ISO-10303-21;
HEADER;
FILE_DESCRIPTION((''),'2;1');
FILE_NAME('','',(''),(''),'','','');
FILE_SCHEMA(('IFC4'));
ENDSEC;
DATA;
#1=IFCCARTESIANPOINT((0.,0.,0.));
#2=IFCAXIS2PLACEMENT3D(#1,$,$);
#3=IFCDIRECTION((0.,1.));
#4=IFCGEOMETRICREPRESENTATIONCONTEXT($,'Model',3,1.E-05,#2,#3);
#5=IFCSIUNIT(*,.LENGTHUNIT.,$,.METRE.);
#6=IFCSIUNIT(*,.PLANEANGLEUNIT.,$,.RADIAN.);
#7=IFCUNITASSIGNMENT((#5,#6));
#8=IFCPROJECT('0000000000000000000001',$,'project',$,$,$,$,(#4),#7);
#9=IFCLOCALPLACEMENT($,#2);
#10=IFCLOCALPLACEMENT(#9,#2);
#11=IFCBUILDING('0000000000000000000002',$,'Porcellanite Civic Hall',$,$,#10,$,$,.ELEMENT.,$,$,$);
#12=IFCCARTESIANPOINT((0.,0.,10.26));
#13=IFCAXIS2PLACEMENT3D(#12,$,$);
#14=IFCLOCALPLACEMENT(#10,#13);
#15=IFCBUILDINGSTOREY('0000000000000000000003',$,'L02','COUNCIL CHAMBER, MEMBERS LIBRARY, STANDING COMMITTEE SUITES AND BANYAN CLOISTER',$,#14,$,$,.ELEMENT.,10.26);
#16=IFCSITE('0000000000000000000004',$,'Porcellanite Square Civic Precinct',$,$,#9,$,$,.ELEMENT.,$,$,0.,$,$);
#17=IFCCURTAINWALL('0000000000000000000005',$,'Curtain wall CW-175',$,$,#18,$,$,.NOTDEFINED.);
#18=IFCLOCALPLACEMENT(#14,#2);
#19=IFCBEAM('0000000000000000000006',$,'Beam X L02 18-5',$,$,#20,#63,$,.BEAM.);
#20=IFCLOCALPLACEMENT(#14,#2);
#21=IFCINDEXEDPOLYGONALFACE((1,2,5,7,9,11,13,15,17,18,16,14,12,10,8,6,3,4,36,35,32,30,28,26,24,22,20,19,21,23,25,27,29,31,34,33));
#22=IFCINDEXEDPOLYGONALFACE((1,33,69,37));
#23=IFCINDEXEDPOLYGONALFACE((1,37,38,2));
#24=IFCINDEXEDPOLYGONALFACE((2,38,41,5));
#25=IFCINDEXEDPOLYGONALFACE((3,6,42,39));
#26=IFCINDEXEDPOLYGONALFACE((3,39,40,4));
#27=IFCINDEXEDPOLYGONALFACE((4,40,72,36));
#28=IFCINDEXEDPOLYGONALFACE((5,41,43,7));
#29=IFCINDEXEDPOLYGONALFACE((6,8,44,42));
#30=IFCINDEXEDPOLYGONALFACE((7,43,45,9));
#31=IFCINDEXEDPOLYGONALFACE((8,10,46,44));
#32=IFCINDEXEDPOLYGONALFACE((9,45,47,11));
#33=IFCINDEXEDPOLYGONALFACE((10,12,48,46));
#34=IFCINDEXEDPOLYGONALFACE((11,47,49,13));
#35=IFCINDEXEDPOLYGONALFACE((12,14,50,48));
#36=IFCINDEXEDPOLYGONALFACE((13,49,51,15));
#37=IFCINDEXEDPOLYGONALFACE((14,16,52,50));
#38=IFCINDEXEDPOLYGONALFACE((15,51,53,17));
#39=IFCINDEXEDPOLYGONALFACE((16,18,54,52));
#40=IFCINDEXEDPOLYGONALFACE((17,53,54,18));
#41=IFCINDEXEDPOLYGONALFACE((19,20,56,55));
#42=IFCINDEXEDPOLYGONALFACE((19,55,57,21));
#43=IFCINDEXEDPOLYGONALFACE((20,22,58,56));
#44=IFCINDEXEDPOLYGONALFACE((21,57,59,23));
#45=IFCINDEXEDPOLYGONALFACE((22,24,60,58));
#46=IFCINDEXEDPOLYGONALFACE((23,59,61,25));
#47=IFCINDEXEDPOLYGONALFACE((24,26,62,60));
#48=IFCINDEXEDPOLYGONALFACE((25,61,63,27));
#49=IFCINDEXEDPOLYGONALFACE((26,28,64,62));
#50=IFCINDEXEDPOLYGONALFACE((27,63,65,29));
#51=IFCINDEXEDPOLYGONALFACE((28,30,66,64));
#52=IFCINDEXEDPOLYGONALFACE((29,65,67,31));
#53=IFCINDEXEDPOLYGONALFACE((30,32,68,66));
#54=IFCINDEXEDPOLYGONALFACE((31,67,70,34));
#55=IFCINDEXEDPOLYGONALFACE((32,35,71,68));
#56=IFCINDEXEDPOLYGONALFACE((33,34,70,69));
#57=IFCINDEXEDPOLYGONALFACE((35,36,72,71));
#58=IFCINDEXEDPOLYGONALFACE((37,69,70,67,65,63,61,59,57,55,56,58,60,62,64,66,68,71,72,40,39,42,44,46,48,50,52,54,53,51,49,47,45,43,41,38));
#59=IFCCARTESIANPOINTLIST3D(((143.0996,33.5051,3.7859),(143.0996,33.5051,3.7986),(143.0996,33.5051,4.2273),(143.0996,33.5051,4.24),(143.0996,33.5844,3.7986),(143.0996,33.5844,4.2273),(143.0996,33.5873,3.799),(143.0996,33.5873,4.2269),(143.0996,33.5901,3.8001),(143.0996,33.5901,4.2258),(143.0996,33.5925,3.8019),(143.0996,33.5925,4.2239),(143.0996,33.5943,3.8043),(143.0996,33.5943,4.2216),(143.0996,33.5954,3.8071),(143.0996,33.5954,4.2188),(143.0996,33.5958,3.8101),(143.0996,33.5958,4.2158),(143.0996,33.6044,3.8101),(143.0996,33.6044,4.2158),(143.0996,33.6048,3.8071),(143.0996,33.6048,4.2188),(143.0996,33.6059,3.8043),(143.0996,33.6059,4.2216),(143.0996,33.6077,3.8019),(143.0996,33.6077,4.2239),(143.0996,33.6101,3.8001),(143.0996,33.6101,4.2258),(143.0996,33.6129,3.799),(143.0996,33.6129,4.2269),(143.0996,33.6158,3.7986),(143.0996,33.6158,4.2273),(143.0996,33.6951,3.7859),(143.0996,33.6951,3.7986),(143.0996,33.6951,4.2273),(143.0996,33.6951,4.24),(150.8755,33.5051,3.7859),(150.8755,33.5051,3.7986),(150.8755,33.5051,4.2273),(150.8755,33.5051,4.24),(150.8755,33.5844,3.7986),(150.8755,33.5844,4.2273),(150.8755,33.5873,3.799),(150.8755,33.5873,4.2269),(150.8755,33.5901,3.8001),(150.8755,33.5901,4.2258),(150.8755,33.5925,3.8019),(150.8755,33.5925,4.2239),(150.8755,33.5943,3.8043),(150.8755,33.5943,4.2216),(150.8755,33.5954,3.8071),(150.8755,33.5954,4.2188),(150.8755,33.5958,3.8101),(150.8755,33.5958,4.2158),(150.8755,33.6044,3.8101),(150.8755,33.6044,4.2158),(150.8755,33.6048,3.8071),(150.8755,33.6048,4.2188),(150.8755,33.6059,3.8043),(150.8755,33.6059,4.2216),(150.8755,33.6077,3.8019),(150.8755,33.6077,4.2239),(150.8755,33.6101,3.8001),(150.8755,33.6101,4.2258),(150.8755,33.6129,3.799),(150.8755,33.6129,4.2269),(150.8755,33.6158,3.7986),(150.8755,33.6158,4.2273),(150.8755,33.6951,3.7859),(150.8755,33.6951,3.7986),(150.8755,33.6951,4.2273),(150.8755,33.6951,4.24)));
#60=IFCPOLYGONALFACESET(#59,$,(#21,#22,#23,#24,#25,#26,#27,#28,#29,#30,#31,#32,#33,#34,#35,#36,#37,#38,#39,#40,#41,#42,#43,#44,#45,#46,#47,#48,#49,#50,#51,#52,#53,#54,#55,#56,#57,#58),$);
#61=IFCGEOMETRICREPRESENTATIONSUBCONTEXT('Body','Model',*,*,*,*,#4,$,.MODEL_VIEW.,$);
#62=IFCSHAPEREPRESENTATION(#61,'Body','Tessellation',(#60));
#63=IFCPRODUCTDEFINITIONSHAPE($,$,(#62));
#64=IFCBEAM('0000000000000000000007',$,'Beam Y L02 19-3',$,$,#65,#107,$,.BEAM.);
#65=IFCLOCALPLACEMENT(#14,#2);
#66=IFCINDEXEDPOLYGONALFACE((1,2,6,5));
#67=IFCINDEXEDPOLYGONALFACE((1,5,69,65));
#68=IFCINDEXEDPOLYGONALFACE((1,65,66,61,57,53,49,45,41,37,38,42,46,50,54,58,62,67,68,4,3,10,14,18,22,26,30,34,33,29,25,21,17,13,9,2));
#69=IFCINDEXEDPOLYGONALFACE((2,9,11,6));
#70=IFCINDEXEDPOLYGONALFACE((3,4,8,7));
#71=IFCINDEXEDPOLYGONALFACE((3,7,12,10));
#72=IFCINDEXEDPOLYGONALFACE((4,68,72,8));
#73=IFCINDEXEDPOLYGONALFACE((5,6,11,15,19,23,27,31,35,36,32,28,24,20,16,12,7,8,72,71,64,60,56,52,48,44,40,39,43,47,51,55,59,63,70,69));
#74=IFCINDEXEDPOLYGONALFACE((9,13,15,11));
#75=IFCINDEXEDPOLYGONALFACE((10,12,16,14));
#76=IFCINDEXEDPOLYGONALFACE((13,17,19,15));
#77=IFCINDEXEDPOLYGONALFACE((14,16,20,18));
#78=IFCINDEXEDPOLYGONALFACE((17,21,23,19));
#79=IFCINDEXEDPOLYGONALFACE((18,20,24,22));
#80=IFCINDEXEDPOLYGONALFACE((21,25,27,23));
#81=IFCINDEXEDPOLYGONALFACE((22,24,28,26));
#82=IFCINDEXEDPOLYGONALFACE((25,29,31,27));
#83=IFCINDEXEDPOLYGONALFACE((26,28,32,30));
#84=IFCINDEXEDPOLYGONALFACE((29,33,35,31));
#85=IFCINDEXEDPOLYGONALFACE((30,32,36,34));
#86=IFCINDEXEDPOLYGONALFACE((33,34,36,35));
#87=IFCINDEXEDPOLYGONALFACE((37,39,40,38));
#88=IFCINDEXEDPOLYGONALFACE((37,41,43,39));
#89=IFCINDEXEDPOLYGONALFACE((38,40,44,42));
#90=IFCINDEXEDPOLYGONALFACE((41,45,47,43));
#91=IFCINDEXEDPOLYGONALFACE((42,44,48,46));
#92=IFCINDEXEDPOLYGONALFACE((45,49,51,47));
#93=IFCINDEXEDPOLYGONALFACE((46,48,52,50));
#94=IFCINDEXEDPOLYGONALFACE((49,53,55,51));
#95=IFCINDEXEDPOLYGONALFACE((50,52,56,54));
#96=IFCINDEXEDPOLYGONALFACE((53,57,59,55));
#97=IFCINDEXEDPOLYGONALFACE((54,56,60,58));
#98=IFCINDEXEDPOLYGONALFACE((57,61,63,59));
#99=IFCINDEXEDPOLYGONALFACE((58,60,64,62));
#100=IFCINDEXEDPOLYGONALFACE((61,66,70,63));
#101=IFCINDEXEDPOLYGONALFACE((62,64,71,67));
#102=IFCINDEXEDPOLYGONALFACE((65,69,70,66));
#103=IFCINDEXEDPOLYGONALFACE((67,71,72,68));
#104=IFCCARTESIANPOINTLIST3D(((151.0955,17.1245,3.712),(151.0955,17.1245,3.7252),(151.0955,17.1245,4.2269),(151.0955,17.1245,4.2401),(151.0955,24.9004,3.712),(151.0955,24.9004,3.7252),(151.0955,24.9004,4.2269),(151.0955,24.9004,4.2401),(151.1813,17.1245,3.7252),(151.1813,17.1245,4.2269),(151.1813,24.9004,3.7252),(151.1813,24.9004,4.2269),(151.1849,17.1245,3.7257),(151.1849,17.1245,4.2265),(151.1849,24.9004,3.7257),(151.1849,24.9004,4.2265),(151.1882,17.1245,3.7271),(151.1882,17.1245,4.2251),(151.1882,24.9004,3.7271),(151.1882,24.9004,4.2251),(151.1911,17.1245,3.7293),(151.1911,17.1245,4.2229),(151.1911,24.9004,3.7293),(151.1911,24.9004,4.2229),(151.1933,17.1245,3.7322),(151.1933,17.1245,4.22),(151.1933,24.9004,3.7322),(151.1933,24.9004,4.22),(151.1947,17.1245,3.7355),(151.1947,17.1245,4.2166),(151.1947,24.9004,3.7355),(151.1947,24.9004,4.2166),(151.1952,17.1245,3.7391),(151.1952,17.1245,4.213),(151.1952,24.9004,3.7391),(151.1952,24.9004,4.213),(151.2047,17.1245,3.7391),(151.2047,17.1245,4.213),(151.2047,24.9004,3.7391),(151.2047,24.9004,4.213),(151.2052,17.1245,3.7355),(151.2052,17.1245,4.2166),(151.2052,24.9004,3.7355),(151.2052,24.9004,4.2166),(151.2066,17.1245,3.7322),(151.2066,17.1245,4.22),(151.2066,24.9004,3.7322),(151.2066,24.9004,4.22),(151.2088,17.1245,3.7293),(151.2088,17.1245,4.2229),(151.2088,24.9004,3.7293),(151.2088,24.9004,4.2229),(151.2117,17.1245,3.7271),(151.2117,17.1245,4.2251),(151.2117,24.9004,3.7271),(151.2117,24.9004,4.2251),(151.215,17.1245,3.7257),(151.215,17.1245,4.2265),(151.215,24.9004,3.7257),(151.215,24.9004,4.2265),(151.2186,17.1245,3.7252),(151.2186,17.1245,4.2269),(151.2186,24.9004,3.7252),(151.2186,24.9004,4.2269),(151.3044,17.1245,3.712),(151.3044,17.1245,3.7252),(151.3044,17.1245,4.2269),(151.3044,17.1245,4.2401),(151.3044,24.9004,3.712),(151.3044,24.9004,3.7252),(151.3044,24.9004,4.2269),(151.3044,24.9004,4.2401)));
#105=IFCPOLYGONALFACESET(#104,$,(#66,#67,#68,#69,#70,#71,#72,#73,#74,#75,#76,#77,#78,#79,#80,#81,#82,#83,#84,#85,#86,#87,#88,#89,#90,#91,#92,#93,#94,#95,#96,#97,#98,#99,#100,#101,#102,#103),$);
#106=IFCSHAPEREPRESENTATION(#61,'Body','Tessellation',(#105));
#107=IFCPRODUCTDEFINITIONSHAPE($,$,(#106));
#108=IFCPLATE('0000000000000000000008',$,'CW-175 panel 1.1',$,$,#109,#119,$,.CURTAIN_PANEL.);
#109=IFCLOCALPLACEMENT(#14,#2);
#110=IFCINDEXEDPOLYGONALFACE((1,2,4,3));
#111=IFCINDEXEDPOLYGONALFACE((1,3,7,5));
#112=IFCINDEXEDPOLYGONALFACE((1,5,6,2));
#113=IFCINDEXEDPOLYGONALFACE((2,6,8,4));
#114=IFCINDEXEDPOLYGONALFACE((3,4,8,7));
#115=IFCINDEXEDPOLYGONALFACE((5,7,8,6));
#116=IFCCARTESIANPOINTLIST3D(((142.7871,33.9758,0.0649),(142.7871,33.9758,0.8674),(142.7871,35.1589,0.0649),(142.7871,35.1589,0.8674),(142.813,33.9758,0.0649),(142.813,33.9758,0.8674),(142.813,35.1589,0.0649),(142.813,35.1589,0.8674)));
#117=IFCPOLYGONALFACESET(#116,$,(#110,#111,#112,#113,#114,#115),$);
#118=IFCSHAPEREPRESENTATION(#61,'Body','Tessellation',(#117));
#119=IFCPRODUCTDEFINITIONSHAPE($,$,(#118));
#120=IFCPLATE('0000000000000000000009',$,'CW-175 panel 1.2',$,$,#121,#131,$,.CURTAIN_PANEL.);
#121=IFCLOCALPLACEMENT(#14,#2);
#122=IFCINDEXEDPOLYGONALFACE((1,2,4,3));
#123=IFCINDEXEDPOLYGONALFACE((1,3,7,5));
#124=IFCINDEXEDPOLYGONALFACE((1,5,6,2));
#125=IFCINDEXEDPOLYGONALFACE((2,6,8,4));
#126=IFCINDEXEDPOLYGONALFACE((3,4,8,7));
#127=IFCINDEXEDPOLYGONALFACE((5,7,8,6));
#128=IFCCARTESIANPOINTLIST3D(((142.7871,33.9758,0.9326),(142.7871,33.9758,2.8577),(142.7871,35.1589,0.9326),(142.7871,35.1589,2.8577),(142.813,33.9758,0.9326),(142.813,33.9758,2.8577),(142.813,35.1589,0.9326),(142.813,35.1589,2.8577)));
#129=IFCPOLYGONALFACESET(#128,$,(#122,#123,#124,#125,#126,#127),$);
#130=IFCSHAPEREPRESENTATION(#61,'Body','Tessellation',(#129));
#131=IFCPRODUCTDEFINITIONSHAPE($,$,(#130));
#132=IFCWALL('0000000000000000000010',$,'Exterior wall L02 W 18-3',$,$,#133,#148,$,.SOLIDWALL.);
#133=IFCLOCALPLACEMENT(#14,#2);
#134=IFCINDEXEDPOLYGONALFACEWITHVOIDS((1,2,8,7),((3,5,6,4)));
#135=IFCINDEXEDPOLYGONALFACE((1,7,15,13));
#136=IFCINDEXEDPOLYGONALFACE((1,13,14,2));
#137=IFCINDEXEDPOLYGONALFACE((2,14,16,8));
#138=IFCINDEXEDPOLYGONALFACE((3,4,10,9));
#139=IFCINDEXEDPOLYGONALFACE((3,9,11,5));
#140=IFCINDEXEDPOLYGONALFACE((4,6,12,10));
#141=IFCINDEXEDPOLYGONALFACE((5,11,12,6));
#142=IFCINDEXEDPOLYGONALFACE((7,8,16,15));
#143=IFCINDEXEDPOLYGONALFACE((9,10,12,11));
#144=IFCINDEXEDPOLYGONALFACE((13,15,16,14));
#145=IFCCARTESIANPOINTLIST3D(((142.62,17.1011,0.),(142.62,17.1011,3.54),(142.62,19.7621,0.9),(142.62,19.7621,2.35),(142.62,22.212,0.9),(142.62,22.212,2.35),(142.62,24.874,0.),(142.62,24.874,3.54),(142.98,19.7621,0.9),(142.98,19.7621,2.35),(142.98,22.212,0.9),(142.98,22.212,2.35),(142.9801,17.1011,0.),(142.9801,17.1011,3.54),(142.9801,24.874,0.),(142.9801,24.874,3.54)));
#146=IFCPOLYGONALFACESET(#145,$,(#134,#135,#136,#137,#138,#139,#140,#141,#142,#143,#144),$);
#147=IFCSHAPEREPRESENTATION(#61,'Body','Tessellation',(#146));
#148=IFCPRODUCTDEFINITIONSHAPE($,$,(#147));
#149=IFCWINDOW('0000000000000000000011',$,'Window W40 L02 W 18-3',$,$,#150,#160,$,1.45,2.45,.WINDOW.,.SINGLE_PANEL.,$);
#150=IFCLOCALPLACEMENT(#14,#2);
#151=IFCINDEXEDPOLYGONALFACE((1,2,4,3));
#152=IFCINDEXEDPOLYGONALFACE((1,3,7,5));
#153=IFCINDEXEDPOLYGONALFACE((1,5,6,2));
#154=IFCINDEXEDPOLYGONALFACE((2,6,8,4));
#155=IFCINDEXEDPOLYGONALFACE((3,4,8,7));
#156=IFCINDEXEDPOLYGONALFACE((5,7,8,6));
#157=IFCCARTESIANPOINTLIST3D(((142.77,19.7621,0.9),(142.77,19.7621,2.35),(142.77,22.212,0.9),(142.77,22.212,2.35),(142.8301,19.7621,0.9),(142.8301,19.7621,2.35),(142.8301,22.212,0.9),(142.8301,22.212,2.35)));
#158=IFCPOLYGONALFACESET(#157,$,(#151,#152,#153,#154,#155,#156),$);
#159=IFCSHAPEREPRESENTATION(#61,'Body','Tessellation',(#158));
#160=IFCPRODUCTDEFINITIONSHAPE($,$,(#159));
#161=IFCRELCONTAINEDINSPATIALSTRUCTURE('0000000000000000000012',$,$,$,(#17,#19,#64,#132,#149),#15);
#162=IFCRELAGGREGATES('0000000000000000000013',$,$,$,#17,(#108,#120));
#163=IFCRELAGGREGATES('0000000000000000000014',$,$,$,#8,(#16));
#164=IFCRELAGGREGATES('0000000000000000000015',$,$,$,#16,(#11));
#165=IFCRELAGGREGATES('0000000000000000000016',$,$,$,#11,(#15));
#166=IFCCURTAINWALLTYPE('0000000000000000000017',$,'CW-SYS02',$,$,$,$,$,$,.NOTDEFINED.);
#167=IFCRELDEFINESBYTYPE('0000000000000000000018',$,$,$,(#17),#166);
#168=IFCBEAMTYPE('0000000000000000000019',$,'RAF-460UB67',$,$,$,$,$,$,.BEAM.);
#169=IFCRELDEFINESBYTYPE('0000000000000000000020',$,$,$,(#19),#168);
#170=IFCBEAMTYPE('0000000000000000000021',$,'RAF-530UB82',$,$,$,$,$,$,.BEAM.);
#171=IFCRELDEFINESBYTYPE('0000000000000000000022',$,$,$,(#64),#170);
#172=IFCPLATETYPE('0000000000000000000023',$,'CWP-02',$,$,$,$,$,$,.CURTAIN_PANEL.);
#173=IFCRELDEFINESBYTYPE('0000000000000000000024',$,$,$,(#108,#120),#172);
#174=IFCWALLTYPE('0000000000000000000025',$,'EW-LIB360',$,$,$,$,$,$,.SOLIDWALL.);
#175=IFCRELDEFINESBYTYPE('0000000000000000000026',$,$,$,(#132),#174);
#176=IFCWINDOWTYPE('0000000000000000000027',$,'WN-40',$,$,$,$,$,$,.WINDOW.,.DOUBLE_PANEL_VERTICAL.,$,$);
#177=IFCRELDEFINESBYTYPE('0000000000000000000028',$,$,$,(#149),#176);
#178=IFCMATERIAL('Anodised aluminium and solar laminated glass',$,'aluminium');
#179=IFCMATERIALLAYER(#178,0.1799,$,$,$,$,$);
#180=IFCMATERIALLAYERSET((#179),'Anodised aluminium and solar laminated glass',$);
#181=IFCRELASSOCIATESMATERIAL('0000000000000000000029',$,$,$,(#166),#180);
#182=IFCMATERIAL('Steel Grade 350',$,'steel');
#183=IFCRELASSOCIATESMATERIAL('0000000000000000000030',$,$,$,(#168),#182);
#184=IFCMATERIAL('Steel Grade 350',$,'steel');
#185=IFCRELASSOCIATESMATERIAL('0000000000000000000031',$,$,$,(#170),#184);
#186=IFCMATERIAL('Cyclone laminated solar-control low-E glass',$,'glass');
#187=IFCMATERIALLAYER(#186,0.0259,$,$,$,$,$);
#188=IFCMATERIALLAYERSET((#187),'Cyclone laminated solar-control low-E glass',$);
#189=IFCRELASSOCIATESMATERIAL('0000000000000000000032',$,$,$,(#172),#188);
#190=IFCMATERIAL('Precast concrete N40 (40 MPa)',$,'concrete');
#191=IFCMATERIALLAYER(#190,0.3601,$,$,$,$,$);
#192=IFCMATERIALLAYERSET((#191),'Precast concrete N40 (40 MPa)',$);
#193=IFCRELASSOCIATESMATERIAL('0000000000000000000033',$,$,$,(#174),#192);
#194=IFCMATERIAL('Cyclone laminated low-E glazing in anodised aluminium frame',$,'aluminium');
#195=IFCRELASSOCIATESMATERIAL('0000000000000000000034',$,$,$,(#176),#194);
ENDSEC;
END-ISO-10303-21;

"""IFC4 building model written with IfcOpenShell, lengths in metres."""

from ifc_helpers import new_model, si_unit, direction, frame, frame_2d, origin, origin_2d, place, context, subcontext, project, spatial, rectangle, i_section, extrude, material, layer, layer_set, material_profile, profile_set, type_object, element, fill, aggregate, save


model = new_model("IFC4")

# Units and contexts
model_context = context("Model", 3, precision=1e-05, world=origin(), true_north=direction((0.0, 1.0)))
body_context = subcontext(model_context, "Body", "Model", "MODEL_VIEW")
ifc_project = project(units=[si_unit("LENGTHUNIT", "METRE"), si_unit("PLANEANGLEUNIT", "RADIAN")], contexts=[model_context])

# Site, building, storey
site_placement = place(None, origin())
site = spatial("IfcSite", under=ifc_project, at=site_placement, Name="Porcellanite Square Civic Precinct", CompositionType="ELEMENT", RefElevation=0.0)
building_placement = place(site_placement, origin())
building = spatial("IfcBuilding", under=site, at=building_placement, Name="Porcellanite Civic Hall", CompositionType="ELEMENT")
storey_placement = place(building_placement, frame((0.0, 0.0, 10.26)))
storey = spatial("IfcBuildingStorey", under=building, at=storey_placement, Name="L02", Description="COUNCIL CHAMBER, MEMBERS LIBRARY, STANDING COMMITTEE SUITES AND BANYAN CLOISTER", CompositionType="ELEMENT", Elevation=10.26)

# Shared definitions
ifc_material_1 = material(Name="Anodised aluminium and solar laminated glass", Category="aluminium")
ifc_layer_1 = layer(ifc_material_1, 0.1799)
ifc_layer_set_1 = layer_set([ifc_layer_1], Name="Anodised aluminium and solar laminated glass")
curtain_wall_type = type_object("IfcCurtainWallType", Name="CW-SYS02", PredefinedType="NOTDEFINED", material=ifc_layer_set_1)

# Curtain wall
curtain_wall_1_placement = place(storey_placement, origin())
curtain_wall_1 = element("IfcCurtainWall", 1, at=curtain_wall_1_placement, inside=storey, type_object=curtain_wall_type, Name="Curtain wall CW-175", PredefinedType="NOTDEFINED")

# Beams
ifc_material_2 = material(Name="Steel Grade 350", Category="steel")
ifc_material_profile_1 = material_profile(ifc_material_2, i_section(OverallWidth=0.1899, OverallDepth=0.4541, WebThickness=0.0085, FlangeThickness=0.0127, FilletRadius=0.0115, at=origin_2d()), Name="460UB67.1")
ifc_profile_set_1 = profile_set([ifc_material_profile_1], Name="Steel Grade 350")
beam_type_1 = type_object("IfcBeamType", Name="RAF-460UB67", PredefinedType="BEAM", material=ifc_profile_set_1)
for number, where, z_axis, x_axis, name in (
    (2, (143.0996, 33.6001, 4.0129), (1.0, 0.0, 0.0), (0.0, 1.0, 0.0), "Beam X L02 18-5"),
):
    element("IfcBeam", number, at=place(storey_placement, frame(where, z_axis=z_axis, x_axis=x_axis)), inside=storey, type_object=beam_type_1, Name=name, PredefinedType="BEAM", context=body_context, shape_type="SweptSolid", body=[
        extrude(i_section(OverallWidth=0.1899, OverallDepth=0.4541, WebThickness=0.0085, FlangeThickness=0.0127, FilletRadius=0.0115, at=origin_2d()), origin(), (0.0, 0.0, 1.0), 7.7759),
    ])
ifc_material_3 = material(Name="Steel Grade 350", Category="steel")
ifc_material_profile_2 = material_profile(ifc_material_3, i_section(OverallWidth=0.209, OverallDepth=0.5281, WebThickness=0.0095, FlangeThickness=0.0132, FilletRadius=0.0139, at=origin_2d()), Name="530UB82.0")
ifc_profile_set_2 = profile_set([ifc_material_profile_2], Name="Steel Grade 350")
beam_type_2 = type_object("IfcBeamType", Name="RAF-530UB82", PredefinedType="BEAM", material=ifc_profile_set_2)
beam_1_placement = place(storey_placement, frame((151.2, 17.1245, 3.9761), z_axis=(0.0, 1.0, 0.0), x_axis=(-1.0, 0.0, 0.0)))
element("IfcBeam", 3, at=beam_1_placement, inside=storey, type_object=beam_type_2, Name="Beam Y L02 19-3", PredefinedType="BEAM", context=body_context, shape_type="SweptSolid", body=[
    extrude(i_section(OverallWidth=0.209, OverallDepth=0.5281, WebThickness=0.0095, FlangeThickness=0.0132, FilletRadius=0.0139, at=origin_2d()), origin(), (0.0, 0.0, 1.0), 7.7759),
])

# Plates
ifc_material_4 = material(Name="Cyclone laminated solar-control low-E glass", Category="glass")
ifc_layer_2 = layer(ifc_material_4, 0.0259)
ifc_layer_set_2 = layer_set([ifc_layer_2], Name="Cyclone laminated solar-control low-E glass")
plate_type = type_object("IfcPlateType", Name="CWP-02", PredefinedType="CURTAIN_PANEL", material=ifc_layer_set_2)
plate_1_placement = place(storey_placement, frame((142.8, 34.5674, 0.0649), z_axis=(0.0, 0.0, 1.0), x_axis=(0.0, 1.0, 0.0)))
plate_1 = element("IfcPlate", 4, at=plate_1_placement, type_object=plate_type, Name="CW-175 panel 1.1", PredefinedType="CURTAIN_PANEL", context=body_context, shape_type="SweptSolid", body=[
    extrude(rectangle(XDim=1.1831, YDim=0.0259, at=origin_2d()), origin(), (0.0, 0.0, 1.0), 0.8025),
])
plate_2_placement = place(storey_placement, frame((142.8, 34.5674, 0.9326), z_axis=(0.0, 0.0, 1.0), x_axis=(0.0, 1.0, 0.0)))
plate_2 = element("IfcPlate", 5, at=plate_2_placement, type_object=plate_type, Name="CW-175 panel 1.2", PredefinedType="CURTAIN_PANEL", context=body_context, shape_type="SweptSolid", body=[
    extrude(rectangle(XDim=1.1831, YDim=0.0259, at=origin_2d()), origin(), (0.0, 0.0, 1.0), 1.925),
])
aggregate(curtain_wall_1, [plate_1, plate_2])

# Wall, opening, window
ifc_material_5 = material(Name="Precast concrete N40 (40 MPa)", Category="concrete")
ifc_layer_3 = layer(ifc_material_5, 0.3601)
ifc_layer_set_3 = layer_set([ifc_layer_3], Name="Precast concrete N40 (40 MPa)")
wall_type_1 = type_object("IfcWallType", Name="EW-LIB360", PredefinedType="SOLIDWALL", material=ifc_layer_set_3)
wall_1_placement = place(storey_placement, frame((142.8, 17.1011, 0.0), z_axis=(0.0, 0.0, 1.0), x_axis=(0.0, 1.0, 0.0)))
wall_1 = element("IfcWall", 6, at=wall_1_placement, inside=storey, type_object=wall_type_1, Name="Exterior wall L02 W 18-3", PredefinedType="SOLIDWALL", context=body_context, shape_type="SweptSolid", body=[
    extrude(rectangle(XDim=7.7729, YDim=0.3601, at=frame_2d((3.8865, 0.0))), origin(), (0.0, 0.0, 1.0), 3.54),
])
opening_1_placement = place(wall_1_placement, frame((2.6609, 0.0, 0.8999)))
opening_1 = element("IfcOpeningElement", 7, at=opening_1_placement, cuts=wall_1, PredefinedType="OPENING", context=body_context, shape_type="SweptSolid", body=[
    extrude(rectangle(XDim=2.45, YDim=1.45, at=frame_2d((1.2251, 0.7251))), frame((0.0, 0.1802, 0.0), z_axis=(0.0, -1.0, 0.0), x_axis=(1.0, 0.0, 0.0)), (0.0, 0.0, 1.0), 0.3601),
])
ifc_material_6 = material(Name="Cyclone laminated low-E glazing in anodised aluminium frame", Category="aluminium")
window_type_1 = type_object("IfcWindowType", Name="WN-40", PartitioningType="DOUBLE_PANEL_VERTICAL", PredefinedType="WINDOW", material=ifc_material_6)
window_1_placement = place(opening_1_placement, origin())
window_1 = element("IfcWindow", 8, at=window_1_placement, inside=storey, type_object=window_type_1, Name="Window W40 L02 W 18-3", OverallHeight=1.45, OverallWidth=2.45, PartitioningType="SINGLE_PANEL", PredefinedType="WINDOW", context=body_context, shape_type="SweptSolid", body=[
    extrude(rectangle(XDim=2.45, YDim=1.45, at=frame_2d((1.2251, 0.7251))), frame((0.0, 0.03, 0.0), z_axis=(0.0, -1.0, 0.0), x_axis=(1.0, 0.0, 0.0)), (0.0, 0.0, 1.0), 0.0601),
])
fill(opening_1, window_1)

save(model, "model.ifc")
